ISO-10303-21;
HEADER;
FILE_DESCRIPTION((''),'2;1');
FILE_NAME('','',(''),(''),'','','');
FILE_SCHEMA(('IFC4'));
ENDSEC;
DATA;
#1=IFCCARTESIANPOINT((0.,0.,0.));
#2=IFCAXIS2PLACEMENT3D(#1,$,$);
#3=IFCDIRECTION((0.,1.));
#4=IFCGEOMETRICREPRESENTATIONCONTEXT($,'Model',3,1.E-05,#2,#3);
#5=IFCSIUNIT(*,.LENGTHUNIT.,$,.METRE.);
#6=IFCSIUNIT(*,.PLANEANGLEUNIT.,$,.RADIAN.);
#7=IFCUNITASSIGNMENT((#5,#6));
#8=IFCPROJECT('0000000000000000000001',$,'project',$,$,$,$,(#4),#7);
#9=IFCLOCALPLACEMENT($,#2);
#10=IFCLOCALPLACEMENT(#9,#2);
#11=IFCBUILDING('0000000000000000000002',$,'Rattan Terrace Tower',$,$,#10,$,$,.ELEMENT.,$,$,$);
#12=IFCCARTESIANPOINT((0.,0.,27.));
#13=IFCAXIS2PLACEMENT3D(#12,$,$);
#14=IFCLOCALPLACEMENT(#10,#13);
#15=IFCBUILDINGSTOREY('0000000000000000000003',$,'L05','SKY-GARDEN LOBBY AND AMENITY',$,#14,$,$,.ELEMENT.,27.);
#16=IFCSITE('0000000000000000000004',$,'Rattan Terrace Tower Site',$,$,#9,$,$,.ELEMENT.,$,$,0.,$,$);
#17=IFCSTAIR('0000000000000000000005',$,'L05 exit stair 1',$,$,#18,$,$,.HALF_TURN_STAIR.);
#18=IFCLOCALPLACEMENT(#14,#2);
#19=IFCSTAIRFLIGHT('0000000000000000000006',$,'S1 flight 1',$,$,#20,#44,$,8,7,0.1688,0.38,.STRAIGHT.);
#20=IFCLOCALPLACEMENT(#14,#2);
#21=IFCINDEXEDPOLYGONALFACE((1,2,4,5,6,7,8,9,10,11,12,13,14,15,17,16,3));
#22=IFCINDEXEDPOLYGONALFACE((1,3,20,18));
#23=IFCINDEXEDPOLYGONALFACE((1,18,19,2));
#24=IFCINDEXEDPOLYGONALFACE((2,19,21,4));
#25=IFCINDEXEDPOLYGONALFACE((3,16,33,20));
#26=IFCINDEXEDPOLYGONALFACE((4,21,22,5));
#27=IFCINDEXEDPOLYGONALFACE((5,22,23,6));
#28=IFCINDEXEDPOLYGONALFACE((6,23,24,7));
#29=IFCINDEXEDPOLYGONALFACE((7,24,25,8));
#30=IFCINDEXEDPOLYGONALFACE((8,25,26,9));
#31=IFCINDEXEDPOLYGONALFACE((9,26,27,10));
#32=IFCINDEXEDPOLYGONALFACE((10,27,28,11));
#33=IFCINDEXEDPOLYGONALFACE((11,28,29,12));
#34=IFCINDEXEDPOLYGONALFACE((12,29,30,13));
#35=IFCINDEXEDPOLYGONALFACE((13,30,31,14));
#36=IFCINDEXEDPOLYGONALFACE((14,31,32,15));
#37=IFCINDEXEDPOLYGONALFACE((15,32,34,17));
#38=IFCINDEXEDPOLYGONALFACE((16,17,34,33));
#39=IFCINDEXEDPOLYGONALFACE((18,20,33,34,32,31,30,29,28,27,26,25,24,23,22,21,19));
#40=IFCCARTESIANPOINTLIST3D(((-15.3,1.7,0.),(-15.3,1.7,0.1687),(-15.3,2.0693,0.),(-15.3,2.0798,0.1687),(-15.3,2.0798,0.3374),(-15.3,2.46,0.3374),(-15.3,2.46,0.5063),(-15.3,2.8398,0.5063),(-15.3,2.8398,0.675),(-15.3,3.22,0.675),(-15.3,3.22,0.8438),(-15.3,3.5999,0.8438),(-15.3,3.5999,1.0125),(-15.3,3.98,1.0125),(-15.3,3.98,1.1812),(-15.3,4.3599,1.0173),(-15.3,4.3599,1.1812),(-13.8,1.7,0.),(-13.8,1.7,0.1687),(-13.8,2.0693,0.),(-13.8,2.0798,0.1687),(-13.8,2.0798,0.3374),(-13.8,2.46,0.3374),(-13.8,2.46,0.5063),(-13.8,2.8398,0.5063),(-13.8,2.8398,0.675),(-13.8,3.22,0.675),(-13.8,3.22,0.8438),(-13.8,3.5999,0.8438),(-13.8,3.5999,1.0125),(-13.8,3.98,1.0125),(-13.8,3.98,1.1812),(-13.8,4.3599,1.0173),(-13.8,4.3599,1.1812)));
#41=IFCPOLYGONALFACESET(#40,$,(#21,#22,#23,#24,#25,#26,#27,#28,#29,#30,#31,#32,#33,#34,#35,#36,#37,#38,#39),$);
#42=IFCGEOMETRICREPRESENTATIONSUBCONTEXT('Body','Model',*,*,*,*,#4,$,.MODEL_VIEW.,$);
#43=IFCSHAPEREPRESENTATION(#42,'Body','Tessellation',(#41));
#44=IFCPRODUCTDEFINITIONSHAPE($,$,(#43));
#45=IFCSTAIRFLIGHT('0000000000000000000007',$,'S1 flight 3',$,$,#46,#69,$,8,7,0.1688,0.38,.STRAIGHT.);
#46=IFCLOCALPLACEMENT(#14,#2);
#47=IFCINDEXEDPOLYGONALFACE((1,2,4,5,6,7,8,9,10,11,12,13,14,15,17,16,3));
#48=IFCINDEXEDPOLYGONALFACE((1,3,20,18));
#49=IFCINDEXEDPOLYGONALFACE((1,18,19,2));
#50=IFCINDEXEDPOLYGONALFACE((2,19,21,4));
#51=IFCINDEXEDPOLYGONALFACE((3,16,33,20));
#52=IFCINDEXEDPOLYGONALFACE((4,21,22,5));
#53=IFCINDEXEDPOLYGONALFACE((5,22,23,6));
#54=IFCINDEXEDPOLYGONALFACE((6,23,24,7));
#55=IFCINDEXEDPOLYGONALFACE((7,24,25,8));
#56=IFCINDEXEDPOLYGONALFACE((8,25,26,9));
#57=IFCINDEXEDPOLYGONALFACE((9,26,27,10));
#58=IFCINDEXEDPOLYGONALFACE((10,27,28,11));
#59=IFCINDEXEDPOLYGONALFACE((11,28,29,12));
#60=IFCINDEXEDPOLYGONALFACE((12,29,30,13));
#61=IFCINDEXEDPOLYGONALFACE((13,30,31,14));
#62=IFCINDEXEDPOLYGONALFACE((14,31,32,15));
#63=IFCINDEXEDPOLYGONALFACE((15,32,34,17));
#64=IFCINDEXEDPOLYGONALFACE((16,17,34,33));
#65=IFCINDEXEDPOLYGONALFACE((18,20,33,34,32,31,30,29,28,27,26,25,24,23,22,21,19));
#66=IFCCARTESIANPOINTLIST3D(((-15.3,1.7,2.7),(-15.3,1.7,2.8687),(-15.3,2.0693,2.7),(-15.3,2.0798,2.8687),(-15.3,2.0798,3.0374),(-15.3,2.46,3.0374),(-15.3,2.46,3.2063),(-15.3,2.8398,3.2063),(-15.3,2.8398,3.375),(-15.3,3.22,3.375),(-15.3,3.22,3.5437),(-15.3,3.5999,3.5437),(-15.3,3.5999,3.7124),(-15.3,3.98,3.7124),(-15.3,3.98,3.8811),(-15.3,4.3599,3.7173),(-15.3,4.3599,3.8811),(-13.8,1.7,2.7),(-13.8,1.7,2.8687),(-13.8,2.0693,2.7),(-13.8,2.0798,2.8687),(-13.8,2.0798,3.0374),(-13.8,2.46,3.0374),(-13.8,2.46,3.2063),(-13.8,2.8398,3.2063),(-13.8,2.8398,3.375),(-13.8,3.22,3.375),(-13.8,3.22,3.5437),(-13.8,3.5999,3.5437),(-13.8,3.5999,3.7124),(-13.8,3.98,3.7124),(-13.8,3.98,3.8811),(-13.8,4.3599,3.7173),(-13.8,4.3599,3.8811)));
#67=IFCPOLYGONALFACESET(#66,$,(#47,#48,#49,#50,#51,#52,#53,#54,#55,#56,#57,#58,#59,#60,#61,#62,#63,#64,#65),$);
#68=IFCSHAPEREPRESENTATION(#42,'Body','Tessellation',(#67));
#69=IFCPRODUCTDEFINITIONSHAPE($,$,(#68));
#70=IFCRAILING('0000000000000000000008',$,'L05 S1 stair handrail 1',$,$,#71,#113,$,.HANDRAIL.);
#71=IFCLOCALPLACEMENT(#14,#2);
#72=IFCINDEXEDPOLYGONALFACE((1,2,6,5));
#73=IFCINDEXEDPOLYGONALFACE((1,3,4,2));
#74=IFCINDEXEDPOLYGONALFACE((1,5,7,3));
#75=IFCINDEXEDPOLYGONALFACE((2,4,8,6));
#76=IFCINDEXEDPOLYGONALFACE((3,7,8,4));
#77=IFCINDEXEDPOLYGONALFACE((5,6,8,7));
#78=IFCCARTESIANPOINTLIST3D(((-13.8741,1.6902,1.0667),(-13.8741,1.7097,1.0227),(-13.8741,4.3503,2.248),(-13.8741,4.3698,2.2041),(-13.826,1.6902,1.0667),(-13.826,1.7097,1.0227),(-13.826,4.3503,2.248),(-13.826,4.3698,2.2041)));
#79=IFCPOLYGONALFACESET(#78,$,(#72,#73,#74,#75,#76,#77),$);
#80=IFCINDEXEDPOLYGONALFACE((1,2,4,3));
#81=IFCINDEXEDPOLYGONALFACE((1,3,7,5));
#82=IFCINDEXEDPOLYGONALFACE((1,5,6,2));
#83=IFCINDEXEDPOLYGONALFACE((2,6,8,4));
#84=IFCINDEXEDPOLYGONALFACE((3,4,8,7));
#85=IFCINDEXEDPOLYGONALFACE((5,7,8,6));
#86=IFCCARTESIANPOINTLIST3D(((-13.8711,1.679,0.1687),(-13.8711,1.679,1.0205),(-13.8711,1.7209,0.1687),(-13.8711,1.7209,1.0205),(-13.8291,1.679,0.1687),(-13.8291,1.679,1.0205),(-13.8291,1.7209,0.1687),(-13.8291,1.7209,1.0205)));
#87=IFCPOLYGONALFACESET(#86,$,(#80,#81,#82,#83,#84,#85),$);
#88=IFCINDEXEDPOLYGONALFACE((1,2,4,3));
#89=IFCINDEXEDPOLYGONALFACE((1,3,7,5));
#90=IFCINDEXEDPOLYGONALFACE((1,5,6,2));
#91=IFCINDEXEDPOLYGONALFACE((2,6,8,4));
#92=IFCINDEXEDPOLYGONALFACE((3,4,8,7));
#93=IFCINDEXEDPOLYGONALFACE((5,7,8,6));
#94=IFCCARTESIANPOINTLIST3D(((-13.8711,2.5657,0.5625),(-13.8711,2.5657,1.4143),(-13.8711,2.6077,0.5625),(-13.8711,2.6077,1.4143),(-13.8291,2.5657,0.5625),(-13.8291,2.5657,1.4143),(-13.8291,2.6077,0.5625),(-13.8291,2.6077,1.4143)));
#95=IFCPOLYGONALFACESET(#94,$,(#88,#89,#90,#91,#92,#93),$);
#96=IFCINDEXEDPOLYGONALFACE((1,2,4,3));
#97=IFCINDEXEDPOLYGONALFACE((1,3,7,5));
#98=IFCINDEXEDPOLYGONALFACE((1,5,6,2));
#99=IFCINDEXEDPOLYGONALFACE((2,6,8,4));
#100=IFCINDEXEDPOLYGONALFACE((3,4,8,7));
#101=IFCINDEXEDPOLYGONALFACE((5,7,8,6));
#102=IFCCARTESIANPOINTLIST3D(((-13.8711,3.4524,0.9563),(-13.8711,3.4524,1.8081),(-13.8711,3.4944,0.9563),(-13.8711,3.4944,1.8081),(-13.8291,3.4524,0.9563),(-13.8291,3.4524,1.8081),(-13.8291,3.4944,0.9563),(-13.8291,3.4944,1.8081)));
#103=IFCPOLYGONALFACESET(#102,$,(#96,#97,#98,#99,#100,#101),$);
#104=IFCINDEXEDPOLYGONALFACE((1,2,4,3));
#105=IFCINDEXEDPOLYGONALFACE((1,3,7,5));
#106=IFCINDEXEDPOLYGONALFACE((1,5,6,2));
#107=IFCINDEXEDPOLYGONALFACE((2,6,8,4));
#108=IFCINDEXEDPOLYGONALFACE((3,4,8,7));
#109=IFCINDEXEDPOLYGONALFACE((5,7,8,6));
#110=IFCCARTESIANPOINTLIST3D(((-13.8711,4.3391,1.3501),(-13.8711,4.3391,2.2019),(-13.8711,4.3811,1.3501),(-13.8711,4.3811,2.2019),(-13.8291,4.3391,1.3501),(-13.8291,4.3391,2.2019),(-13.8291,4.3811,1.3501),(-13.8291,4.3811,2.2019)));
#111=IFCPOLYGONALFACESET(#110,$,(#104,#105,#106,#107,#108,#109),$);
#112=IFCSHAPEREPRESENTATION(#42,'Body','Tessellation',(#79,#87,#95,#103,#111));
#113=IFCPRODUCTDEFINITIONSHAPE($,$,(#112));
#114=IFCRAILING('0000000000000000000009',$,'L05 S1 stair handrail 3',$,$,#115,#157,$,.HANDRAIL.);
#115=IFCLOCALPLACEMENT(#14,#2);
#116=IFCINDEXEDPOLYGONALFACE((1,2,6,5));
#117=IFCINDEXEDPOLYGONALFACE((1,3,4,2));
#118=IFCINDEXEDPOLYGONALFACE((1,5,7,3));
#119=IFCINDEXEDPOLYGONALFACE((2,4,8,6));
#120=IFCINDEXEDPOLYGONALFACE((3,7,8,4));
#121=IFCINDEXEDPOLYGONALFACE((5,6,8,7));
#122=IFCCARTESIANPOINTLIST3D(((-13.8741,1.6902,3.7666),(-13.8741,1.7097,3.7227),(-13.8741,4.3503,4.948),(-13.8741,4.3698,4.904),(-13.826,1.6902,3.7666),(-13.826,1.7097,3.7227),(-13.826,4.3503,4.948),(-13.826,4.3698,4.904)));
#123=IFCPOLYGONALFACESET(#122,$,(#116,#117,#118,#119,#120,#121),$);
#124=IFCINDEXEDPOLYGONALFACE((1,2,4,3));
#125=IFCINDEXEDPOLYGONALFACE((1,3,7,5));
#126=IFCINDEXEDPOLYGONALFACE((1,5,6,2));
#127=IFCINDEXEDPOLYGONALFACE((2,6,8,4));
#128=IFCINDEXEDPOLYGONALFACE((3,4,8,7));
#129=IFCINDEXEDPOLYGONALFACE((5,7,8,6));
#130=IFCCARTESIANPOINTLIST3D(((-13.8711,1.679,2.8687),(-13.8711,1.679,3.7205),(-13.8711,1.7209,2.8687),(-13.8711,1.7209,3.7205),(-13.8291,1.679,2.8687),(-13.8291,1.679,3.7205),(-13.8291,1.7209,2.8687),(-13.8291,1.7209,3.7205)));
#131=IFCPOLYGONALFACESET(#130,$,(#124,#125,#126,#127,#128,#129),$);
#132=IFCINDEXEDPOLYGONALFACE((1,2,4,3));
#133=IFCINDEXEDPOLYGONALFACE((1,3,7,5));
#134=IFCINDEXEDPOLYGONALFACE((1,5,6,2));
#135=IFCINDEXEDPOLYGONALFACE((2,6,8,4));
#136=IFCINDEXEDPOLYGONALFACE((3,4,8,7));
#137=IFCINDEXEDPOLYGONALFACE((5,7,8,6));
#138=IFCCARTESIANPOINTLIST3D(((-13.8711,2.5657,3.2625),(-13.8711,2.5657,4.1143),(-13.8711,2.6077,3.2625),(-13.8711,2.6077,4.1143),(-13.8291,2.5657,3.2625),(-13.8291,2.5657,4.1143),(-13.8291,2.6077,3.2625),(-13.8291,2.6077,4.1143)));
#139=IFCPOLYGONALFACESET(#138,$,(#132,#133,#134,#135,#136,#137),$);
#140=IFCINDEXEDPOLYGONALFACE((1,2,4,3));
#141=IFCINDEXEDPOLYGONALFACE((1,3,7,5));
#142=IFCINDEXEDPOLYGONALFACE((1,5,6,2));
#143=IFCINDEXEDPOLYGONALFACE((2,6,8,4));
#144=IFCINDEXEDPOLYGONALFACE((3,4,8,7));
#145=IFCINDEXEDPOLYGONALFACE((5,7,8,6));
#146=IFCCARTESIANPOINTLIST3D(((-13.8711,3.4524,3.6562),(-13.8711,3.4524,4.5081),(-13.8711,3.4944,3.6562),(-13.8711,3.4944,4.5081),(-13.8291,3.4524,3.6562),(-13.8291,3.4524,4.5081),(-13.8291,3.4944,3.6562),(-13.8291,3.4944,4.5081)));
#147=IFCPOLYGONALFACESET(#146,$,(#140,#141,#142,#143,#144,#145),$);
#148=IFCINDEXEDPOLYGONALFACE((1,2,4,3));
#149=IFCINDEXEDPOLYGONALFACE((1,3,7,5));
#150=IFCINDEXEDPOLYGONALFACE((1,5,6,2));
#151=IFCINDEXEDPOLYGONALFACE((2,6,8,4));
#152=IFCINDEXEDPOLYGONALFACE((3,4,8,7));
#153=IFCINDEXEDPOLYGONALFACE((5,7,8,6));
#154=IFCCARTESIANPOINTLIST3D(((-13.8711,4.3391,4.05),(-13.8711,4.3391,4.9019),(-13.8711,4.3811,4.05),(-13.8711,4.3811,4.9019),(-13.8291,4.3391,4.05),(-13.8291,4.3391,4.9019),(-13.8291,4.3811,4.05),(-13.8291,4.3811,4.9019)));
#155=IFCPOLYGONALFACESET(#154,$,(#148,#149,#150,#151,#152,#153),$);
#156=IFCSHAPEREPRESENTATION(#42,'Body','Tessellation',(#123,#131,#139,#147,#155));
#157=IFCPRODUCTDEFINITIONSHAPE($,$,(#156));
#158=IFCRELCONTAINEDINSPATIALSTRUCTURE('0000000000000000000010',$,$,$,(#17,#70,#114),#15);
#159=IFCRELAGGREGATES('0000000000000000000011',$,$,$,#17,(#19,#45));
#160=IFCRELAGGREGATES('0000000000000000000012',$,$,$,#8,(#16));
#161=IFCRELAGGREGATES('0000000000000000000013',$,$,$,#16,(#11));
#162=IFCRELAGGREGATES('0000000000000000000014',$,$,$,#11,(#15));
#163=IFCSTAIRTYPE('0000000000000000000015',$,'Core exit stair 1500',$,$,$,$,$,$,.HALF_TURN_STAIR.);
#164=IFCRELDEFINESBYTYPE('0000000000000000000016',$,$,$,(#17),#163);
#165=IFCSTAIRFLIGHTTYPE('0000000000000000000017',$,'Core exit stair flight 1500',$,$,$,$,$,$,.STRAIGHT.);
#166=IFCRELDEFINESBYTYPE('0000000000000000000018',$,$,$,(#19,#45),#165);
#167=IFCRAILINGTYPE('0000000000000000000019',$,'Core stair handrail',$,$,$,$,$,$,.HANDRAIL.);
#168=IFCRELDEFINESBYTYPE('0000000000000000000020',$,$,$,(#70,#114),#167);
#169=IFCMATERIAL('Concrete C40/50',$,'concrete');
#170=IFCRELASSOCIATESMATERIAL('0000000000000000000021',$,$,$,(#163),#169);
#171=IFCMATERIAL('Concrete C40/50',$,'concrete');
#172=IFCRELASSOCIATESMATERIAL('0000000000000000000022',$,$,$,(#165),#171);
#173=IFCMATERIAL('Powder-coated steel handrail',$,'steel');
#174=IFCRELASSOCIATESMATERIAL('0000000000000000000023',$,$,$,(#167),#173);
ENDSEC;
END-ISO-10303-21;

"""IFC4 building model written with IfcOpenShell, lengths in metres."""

from ifc_helpers import new_model, si_unit, direction, frame, origin, origin_2d, place, context, subcontext, project, spatial, polyline, rectangle, outline, extrude, material, type_object, element, aggregate, save


model = new_model("IFC4")

# Units and contexts
model_context = context("Model", 3, precision=1e-05, world=origin(), true_north=direction((0.0, 1.0)))
body_context = subcontext(model_context, "Body", "Model", "MODEL_VIEW")
ifc_project = project(units=[si_unit("LENGTHUNIT", "METRE"), si_unit("PLANEANGLEUNIT", "RADIAN")], contexts=[model_context])

# Site, building, storey
site_placement = place(None, origin())
site = spatial("IfcSite", under=ifc_project, at=site_placement, Name="Rattan Terrace Tower Site", CompositionType="ELEMENT", RefElevation=0.0)
building_placement = place(site_placement, origin())
building = spatial("IfcBuilding", under=site, at=building_placement, Name="Rattan Terrace Tower", CompositionType="ELEMENT")
storey_placement = place(building_placement, frame((0.0, 0.0, 27.0)))
storey = spatial("IfcBuildingStorey", under=building, at=storey_placement, Name="L05", Description="SKY-GARDEN LOBBY AND AMENITY", CompositionType="ELEMENT", Elevation=27.0)

# Stair, stair flights
ifc_material_1 = material(Name="Concrete C40/50", Category="concrete")
stair_type = type_object("IfcStairType", Name="Core exit stair 1500", PredefinedType="HALF_TURN_STAIR", material=ifc_material_1)
stair_placement = place(storey_placement, origin())
stair = element("IfcStair", 1, at=stair_placement, inside=storey, type_object=stair_type, Name="L05 exit stair 1", PredefinedType="HALF_TURN_STAIR")
ifc_material_2 = material(Name="Concrete C40/50", Category="concrete")
stair_flight_type = type_object("IfcStairFlightType", Name="Core exit stair flight 1500", PredefinedType="STRAIGHT", material=ifc_material_2)
stair_flight_1_placement = place(storey_placement, frame((-14.55, 1.7, 0.0), z_axis=(0.0, 0.0, 1.0), x_axis=(0.0, 1.0, 0.0)))
stair_flight_1 = element("IfcStairFlight", 2, at=stair_flight_1_placement, type_object=stair_flight_type, Name="S1 flight 1", NumberOfRisers=8, NumberOfTreads=7, PredefinedType="STRAIGHT", RiserHeight=0.1688, TreadLength=0.38, context=body_context, shape_type="SweptSolid", body=[
    extrude(outline(polyline([(0.0, 0.0), (0.0, 0.1687), (0.3799, 0.1687), (0.3799, 0.3374), (0.76, 0.3374), (0.76, 0.5063), (1.1399, 0.5063), (1.1399, 0.675), (1.52, 0.675), (1.52, 0.8438), (1.8999, 0.8438), (1.8999, 1.0125), (2.28, 1.0125), (2.28, 1.1812), (2.6599, 1.1812), (2.6599, 1.3501), (2.6599, 1.0173), (0.3694, 0.0), (0.0, 0.0)])), frame((0.0, 0.75, 0.0), z_axis=(0.0, -1.0, 0.0), x_axis=(1.0, 0.0, 0.0)), (0.0, 0.0, 1.0), 1.5),
])
stair_flight_2_placement = place(storey_placement, frame((-14.55, 1.7, 2.7), z_axis=(0.0, 0.0, 1.0), x_axis=(0.0, 1.0, 0.0)))
stair_flight_2 = element("IfcStairFlight", 3, at=stair_flight_2_placement, type_object=stair_flight_type, Name="S1 flight 3", NumberOfRisers=8, NumberOfTreads=7, PredefinedType="STRAIGHT", RiserHeight=0.1688, TreadLength=0.38, context=body_context, shape_type="SweptSolid", body=[
    extrude(outline(polyline([(0.0, 0.0), (0.0, 0.1687), (0.3799, 0.1687), (0.3799, 0.3374), (0.76, 0.3374), (0.76, 0.5063), (1.1399, 0.5063), (1.1399, 0.675), (1.52, 0.675), (1.52, 0.8438), (1.8999, 0.8438), (1.8999, 1.0125), (2.28, 1.0125), (2.28, 1.1812), (2.6599, 1.1812), (2.6599, 1.3501), (2.6599, 1.0173), (0.3694, 0.0), (0.0, 0.0)])), frame((0.0, 0.75, 0.0), z_axis=(0.0, -1.0, 0.0), x_axis=(1.0, 0.0, 0.0)), (0.0, 0.0, 1.0), 1.5),
])
aggregate(stair, [stair_flight_1, stair_flight_2])

# Railings
ifc_material_3 = material(Name="Powder-coated steel handrail", Category="steel")
railing_type = type_object("IfcRailingType", Name="Core stair handrail", PredefinedType="HANDRAIL", material=ifc_material_3)
for number, where, name in (
    (4, (-13.8501, 1.7, 0.1687), "L05 S1 stair handrail 1"),
    (5, (-13.8501, 1.7, 2.8687), "L05 S1 stair handrail 3"),
):
    element("IfcRailing", number, at=place(storey_placement, frame(where)), inside=storey, type_object=railing_type, Name=name, PredefinedType="HANDRAIL", context=body_context, shape_type="SweptSolid", body=[
        extrude(rectangle(XDim=0.0481, YDim=0.0481, at=origin_2d()), frame((0.0, 0.0, 0.876), z_axis=(0.0, 0.913926, 0.405882), x_axis=(-1.0, 0.0, 0.0)), (0.0, 0.0, 1.0), 2.9106),
        extrude(rectangle(XDim=0.042, YDim=0.042, at=origin_2d()), origin(), (0.0, 0.0, 1.0), 0.8518),
        extrude(rectangle(XDim=0.042, YDim=0.042, at=origin_2d()), frame((0.0, 0.8867, 0.3938)), (0.0, 0.0, 1.0), 0.8518),
        extrude(rectangle(XDim=0.042, YDim=0.042, at=origin_2d()), frame((0.0, 1.7734, 0.7876)), (0.0, 0.0, 1.0), 0.8518),
        extrude(rectangle(XDim=0.042, YDim=0.042, at=origin_2d()), frame((0.0, 2.6602, 1.1814)), (0.0, 0.0, 1.0), 0.8518),
    ])

save(model, "model.ifc")
